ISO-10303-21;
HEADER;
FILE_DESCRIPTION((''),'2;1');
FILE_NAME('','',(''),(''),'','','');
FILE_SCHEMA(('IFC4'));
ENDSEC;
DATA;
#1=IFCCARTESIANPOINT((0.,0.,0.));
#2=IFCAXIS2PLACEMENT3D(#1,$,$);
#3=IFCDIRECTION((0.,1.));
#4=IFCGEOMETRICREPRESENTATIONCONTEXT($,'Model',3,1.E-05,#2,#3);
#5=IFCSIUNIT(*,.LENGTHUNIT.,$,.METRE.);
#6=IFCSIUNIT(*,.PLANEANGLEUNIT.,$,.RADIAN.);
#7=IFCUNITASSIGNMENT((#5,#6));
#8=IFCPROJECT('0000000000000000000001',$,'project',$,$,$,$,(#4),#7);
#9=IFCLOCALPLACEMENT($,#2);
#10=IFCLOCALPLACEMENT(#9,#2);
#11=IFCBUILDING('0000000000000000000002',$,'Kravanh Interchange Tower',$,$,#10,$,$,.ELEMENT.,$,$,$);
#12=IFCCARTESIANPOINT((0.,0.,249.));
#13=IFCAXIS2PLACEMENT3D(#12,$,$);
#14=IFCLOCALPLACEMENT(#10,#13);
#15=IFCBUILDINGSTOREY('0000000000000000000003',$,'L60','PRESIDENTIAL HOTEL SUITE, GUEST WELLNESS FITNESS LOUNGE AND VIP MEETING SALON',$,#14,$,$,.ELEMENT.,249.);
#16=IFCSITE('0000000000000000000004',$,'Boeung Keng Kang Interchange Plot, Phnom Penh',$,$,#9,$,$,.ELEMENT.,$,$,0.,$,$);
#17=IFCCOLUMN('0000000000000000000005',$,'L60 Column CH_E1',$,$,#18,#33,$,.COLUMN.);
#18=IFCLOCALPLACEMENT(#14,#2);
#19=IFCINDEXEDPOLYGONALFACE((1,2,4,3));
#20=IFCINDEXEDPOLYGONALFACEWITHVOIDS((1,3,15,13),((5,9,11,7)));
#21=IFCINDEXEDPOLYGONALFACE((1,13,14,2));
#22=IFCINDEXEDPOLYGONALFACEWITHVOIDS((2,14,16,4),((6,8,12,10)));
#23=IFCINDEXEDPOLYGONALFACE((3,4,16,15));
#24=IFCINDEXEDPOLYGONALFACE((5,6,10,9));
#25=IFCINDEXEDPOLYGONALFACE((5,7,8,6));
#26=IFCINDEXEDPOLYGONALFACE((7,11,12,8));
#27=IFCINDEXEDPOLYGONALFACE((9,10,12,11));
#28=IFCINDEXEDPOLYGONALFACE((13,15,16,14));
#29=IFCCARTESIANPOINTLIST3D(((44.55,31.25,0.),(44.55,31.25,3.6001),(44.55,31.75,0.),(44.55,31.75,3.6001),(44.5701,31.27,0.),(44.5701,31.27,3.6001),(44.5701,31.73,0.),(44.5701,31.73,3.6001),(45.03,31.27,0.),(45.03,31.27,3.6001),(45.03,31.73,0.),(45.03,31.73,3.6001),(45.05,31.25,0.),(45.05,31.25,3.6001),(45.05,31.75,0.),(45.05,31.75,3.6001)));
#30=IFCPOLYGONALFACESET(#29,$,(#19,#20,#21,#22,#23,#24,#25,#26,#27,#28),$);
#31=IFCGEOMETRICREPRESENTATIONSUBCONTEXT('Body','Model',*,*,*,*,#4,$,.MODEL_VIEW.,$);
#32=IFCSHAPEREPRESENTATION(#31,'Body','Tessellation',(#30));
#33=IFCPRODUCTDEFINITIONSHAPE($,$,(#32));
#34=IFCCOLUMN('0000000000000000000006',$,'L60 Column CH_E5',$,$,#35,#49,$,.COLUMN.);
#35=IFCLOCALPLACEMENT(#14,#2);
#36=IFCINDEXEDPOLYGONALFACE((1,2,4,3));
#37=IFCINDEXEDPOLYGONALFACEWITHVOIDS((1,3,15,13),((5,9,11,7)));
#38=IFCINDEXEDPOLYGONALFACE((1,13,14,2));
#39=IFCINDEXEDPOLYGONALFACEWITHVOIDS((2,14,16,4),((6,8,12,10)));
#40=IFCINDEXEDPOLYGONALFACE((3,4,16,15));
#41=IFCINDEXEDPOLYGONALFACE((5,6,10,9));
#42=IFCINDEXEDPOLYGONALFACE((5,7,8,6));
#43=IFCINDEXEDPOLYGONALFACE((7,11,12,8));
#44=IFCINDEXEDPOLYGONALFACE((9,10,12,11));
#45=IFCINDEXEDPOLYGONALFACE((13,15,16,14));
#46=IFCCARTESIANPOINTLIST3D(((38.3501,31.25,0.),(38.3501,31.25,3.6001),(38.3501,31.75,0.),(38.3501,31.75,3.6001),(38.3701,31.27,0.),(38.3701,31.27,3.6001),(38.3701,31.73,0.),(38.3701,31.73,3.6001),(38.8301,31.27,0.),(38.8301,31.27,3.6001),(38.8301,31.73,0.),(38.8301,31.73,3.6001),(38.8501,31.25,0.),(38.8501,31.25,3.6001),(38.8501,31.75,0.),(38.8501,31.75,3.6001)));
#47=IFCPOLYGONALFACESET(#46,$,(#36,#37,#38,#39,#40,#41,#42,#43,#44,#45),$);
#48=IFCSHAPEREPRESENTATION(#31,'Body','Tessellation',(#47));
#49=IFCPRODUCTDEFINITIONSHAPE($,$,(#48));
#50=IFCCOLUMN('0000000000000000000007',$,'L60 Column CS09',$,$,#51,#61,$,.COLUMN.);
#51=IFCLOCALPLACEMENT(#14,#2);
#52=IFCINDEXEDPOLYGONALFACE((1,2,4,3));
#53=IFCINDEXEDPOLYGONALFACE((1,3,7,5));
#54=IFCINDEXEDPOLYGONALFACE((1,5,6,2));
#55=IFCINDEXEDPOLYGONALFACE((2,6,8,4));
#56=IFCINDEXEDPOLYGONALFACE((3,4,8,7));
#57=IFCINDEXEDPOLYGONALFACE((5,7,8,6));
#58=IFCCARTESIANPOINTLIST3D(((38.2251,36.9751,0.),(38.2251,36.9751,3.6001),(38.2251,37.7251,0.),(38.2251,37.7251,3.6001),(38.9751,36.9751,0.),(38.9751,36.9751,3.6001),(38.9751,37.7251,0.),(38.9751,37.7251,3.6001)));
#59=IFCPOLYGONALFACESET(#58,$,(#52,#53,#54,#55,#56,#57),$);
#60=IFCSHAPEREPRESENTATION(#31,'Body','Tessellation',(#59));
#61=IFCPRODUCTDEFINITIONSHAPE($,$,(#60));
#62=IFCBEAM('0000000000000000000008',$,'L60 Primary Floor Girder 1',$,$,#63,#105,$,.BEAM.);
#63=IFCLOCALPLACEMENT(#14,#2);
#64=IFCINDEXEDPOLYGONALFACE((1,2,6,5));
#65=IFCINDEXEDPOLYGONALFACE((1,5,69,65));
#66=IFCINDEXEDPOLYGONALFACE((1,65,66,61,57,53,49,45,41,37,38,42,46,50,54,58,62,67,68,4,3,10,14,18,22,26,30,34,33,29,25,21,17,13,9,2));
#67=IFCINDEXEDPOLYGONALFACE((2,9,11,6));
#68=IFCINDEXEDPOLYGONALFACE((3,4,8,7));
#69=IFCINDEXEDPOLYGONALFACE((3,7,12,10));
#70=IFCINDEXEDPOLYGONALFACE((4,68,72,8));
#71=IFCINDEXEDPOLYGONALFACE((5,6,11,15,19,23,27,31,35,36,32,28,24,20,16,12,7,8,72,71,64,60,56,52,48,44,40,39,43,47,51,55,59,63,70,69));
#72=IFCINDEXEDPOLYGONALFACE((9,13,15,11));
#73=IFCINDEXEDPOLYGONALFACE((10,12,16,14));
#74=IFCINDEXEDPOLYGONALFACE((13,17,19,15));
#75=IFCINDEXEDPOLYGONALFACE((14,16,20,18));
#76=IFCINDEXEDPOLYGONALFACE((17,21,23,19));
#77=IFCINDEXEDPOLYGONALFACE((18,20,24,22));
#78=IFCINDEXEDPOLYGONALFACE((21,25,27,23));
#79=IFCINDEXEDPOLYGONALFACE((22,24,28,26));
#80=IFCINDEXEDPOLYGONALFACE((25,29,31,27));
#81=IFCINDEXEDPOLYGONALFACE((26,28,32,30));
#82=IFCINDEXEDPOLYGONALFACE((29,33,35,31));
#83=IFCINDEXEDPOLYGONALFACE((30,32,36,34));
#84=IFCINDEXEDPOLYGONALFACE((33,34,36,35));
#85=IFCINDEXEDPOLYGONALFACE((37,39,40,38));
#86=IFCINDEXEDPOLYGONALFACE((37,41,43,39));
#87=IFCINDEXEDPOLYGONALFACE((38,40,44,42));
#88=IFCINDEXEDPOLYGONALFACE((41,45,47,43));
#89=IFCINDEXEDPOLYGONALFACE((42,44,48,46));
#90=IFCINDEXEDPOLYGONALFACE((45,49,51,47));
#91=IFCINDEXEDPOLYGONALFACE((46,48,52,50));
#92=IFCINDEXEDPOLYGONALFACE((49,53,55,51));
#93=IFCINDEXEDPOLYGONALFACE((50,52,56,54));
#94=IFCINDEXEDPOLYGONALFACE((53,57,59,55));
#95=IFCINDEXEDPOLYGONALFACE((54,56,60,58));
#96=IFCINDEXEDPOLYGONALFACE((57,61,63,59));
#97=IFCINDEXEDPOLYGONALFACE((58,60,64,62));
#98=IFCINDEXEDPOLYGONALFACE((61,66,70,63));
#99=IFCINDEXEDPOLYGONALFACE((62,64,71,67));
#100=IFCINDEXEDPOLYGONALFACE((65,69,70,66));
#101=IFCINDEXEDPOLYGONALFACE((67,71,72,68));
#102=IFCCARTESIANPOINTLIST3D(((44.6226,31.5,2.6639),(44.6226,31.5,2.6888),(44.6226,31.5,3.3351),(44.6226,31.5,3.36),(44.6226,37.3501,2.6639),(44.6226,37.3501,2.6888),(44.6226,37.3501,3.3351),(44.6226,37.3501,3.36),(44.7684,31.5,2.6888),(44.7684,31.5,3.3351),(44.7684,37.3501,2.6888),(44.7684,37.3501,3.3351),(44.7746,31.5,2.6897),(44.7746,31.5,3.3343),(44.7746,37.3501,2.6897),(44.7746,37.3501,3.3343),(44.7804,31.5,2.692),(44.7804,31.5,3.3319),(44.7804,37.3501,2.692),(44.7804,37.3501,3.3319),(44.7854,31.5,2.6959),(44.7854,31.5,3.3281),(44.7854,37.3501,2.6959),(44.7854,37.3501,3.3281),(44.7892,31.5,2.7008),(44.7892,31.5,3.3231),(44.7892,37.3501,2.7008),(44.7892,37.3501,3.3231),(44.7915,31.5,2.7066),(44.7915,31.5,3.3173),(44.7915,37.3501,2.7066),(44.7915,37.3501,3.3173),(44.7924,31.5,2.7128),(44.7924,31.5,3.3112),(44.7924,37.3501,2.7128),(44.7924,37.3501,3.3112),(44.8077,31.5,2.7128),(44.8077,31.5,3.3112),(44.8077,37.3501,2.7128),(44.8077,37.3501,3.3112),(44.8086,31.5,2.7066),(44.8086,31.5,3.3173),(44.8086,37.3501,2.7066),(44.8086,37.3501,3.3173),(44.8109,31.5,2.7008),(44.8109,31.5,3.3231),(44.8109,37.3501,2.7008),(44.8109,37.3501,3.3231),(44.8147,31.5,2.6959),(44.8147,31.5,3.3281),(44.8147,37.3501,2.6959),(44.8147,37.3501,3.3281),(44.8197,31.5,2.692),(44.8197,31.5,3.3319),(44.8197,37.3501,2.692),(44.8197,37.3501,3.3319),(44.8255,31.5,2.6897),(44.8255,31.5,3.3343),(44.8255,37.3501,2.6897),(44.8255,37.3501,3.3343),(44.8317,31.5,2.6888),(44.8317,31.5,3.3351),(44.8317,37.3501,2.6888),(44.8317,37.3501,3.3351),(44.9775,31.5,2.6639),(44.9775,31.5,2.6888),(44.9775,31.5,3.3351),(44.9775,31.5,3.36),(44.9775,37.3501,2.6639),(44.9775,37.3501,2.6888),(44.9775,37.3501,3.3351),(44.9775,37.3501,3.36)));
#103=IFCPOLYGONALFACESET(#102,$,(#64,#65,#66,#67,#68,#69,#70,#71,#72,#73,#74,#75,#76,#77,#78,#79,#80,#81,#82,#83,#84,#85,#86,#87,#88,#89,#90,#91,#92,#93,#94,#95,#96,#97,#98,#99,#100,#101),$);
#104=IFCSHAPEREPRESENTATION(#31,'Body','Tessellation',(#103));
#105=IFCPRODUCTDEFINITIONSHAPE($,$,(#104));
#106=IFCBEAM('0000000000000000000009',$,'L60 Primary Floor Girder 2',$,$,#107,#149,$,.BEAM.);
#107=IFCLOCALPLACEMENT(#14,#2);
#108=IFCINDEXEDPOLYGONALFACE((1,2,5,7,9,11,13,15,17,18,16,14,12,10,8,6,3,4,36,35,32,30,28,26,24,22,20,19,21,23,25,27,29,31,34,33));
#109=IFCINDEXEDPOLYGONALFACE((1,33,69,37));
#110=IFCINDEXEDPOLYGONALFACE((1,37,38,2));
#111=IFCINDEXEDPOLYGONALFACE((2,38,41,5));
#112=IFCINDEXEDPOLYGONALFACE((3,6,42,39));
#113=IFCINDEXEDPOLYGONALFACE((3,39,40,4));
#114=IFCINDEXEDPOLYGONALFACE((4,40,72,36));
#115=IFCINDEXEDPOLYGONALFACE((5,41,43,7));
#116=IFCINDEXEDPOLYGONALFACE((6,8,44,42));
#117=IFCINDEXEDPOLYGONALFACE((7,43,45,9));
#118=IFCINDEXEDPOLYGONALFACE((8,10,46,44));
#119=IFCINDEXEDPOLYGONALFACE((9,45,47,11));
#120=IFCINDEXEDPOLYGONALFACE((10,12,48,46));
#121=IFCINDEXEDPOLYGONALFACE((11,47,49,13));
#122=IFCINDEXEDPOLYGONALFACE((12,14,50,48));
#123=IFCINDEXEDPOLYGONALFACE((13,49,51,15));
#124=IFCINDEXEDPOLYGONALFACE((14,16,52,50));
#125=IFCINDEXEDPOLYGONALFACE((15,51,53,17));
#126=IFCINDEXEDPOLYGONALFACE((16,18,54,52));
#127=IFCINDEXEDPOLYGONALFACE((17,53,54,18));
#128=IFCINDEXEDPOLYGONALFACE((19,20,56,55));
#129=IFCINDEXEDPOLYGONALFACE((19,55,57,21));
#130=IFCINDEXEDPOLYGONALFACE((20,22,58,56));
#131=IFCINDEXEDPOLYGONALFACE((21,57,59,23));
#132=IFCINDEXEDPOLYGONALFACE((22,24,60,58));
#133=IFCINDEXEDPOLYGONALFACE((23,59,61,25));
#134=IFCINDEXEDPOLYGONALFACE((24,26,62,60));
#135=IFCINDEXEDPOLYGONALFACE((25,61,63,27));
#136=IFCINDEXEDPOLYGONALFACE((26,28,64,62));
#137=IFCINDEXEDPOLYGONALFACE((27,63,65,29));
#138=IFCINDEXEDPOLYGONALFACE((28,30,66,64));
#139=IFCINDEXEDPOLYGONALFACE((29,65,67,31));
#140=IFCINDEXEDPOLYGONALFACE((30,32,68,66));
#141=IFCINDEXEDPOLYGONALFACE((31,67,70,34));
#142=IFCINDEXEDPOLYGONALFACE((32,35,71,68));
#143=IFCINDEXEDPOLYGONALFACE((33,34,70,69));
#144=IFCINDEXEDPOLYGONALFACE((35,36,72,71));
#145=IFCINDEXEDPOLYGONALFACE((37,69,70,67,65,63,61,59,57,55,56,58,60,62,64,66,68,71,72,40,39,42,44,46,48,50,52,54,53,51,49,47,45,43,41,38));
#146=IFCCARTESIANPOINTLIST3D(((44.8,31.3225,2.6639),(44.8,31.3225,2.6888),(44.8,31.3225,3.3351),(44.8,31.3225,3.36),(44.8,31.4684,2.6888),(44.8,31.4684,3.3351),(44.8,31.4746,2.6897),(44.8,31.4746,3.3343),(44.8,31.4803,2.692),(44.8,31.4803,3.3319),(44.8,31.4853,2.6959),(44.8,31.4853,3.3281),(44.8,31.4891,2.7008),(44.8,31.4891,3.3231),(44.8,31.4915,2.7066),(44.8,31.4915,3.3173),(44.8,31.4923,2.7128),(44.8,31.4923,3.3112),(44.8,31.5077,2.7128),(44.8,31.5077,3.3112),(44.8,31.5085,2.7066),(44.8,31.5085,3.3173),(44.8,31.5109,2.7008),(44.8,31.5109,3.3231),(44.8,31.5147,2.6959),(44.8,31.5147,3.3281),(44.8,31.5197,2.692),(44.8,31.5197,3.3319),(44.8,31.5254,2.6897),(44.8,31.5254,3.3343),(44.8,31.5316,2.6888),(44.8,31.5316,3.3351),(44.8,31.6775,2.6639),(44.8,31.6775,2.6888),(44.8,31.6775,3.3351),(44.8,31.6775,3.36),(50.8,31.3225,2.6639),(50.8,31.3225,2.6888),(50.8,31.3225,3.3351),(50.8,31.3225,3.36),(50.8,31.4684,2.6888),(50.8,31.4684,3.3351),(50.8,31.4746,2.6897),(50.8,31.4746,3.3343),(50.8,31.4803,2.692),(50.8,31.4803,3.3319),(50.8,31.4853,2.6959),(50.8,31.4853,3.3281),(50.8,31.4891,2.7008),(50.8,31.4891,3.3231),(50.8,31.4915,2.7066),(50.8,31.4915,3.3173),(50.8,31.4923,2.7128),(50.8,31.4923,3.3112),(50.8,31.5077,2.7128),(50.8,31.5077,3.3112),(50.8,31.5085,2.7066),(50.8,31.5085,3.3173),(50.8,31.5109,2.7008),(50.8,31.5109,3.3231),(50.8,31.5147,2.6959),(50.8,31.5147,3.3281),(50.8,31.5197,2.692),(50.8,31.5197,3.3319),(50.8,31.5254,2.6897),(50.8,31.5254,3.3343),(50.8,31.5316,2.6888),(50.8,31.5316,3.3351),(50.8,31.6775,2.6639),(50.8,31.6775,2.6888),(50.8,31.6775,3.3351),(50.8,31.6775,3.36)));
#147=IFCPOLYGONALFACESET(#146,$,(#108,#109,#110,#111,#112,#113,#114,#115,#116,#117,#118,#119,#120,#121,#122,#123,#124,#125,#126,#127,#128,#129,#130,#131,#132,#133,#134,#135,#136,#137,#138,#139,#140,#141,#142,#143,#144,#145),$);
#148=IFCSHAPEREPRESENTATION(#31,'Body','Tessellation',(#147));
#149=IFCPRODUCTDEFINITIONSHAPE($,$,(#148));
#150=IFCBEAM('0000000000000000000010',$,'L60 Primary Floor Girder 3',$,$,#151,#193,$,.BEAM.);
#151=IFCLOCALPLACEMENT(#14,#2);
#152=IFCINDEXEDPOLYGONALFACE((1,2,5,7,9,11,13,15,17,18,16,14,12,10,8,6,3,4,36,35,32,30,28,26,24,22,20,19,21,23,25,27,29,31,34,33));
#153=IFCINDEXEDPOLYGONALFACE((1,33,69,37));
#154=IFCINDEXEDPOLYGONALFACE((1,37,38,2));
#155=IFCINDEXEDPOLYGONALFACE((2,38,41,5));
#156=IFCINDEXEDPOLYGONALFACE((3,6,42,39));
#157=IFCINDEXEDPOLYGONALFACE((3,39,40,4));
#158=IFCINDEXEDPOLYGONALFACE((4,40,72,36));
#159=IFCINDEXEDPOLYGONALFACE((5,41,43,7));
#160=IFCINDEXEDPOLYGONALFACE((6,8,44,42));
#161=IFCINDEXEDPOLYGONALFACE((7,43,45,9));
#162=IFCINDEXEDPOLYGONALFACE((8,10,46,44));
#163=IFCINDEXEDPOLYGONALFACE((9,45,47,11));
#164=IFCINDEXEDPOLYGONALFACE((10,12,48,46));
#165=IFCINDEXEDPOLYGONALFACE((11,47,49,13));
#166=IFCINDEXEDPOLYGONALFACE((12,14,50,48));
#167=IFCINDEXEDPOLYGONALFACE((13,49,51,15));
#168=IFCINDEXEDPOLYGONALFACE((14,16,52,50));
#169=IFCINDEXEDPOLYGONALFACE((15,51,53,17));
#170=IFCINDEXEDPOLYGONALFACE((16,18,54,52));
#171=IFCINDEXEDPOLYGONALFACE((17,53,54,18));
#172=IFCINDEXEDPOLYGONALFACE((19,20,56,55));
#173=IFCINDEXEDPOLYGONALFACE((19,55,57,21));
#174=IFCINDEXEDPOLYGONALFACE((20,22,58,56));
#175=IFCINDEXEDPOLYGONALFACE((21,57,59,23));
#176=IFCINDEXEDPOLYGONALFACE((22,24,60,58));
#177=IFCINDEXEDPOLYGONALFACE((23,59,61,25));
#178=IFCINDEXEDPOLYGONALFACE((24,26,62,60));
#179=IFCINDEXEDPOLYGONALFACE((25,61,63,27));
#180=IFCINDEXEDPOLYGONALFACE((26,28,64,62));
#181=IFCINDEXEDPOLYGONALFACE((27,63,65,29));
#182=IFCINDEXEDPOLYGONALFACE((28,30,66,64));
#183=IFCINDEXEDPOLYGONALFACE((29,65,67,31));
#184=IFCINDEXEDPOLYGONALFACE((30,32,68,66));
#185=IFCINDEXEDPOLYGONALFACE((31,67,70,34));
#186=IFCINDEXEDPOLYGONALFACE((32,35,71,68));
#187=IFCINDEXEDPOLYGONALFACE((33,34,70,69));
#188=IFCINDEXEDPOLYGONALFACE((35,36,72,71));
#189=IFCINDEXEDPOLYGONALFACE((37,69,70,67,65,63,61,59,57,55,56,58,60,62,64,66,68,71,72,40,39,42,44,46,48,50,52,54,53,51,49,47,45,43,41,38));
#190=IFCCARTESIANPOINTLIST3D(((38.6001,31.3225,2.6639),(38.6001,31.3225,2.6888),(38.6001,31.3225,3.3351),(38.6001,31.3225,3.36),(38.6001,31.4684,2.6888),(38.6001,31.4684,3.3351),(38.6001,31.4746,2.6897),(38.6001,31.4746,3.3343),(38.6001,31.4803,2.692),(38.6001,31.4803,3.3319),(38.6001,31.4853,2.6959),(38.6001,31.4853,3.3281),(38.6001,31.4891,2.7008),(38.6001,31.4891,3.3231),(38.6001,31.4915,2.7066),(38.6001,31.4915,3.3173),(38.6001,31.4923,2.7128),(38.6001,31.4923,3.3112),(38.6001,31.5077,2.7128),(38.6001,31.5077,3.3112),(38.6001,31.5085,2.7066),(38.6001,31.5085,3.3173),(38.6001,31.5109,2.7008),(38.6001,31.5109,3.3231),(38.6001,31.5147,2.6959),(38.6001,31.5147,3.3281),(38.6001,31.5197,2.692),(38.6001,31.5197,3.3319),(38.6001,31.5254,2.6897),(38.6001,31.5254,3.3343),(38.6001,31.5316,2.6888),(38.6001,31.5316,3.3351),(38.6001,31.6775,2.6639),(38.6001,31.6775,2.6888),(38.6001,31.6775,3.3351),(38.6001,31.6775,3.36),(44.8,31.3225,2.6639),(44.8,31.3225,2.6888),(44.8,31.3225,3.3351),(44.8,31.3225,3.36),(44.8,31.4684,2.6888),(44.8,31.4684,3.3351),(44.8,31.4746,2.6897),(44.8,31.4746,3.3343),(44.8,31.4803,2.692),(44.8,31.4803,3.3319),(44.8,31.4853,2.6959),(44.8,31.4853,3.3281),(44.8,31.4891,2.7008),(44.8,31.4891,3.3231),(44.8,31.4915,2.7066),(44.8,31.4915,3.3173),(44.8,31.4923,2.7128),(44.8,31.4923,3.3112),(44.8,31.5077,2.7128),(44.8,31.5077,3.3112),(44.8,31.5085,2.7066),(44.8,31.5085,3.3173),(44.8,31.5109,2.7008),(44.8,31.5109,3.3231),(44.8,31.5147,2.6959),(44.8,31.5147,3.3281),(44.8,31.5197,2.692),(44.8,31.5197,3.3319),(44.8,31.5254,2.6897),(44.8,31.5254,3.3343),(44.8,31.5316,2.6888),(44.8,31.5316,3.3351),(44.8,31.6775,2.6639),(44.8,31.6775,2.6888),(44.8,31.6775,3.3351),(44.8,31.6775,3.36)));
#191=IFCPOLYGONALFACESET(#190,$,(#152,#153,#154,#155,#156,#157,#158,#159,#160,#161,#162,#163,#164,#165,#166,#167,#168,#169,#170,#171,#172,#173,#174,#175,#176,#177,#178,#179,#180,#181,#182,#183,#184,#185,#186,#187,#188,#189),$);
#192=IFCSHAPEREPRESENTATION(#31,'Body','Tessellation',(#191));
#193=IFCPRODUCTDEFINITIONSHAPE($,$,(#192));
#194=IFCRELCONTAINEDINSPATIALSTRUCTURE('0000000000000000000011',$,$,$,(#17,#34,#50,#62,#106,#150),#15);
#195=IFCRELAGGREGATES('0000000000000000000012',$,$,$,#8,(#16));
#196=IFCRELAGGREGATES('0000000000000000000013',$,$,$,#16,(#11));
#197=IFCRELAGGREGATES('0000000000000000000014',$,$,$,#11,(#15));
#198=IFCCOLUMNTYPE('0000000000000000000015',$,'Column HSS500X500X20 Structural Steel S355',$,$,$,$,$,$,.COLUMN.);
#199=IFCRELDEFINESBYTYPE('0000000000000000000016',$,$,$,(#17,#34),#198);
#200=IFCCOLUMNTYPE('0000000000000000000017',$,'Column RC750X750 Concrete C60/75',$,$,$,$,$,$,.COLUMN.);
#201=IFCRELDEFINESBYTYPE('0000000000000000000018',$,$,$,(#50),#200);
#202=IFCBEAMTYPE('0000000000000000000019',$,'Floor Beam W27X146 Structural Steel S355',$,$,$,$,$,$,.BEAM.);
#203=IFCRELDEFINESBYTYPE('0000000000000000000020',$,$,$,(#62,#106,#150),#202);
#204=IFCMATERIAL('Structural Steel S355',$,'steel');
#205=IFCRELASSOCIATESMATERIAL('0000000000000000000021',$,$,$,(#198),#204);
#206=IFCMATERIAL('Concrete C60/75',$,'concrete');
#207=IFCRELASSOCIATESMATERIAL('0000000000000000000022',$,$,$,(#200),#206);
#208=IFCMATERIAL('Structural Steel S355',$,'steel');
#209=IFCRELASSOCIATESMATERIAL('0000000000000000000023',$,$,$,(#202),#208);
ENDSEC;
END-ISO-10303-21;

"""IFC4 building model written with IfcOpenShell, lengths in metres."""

from ifc_helpers import new_model, si_unit, direction, frame, origin, origin_2d, place, context, subcontext, project, spatial, rectangle, hollow_rectangle, i_section, extrude, material, material_profile, profile_set, type_object, element, save


model = new_model("IFC4")

# Units and contexts
model_context = context("Model", 3, precision=1e-05, world=origin(), true_north=direction((0.0, 1.0)))
body_context = subcontext(model_context, "Body", "Model", "MODEL_VIEW")
ifc_project = project(units=[si_unit("LENGTHUNIT", "METRE"), si_unit("PLANEANGLEUNIT", "RADIAN")], contexts=[model_context])

# Site, building, storey
site_placement = place(None, origin())
site = spatial("IfcSite", under=ifc_project, at=site_placement, Name="Boeung Keng Kang Interchange Plot, Phnom Penh", CompositionType="ELEMENT", RefElevation=0.0)
building_placement = place(site_placement, origin())
building = spatial("IfcBuilding", under=site, at=building_placement, Name="Kravanh Interchange Tower", CompositionType="ELEMENT")
storey_placement = place(building_placement, frame((0.0, 0.0, 249.0)))
storey = spatial("IfcBuildingStorey", under=building, at=storey_placement, Name="L60", Description="PRESIDENTIAL HOTEL SUITE, GUEST WELLNESS FITNESS LOUNGE AND VIP MEETING SALON", CompositionType="ELEMENT", Elevation=249.0)

# Columns
ifc_material_1 = material(Name="Structural Steel S355", Category="steel")
ifc_material_profile_1 = material_profile(ifc_material_1, hollow_rectangle(XDim=0.5, YDim=0.5, WallThickness=0.02, at=origin_2d()), Name="HSS500X500X20")
ifc_profile_set_1 = profile_set([ifc_material_profile_1], Name="Structural Steel S355")
column_type_1 = type_object("IfcColumnType", Name="Column HSS500X500X20 Structural Steel S355", PredefinedType="COLUMN", material=ifc_profile_set_1)
for number, where, z_axis, x_axis, name in (
    (1, (44.8, 31.5, 0.0), (0.0, 0.0, 1.0), (1.0, 0.0, 0.0), "L60 Column CH_E1"),
    (2, (38.6001, 31.5, 0.0), (0.0, 0.0, 1.0), (1.0, 0.0, 0.0), "L60 Column CH_E5"),
):
    element("IfcColumn", number, at=place(storey_placement, frame(where, z_axis=z_axis, x_axis=x_axis)), inside=storey, type_object=column_type_1, Name=name, PredefinedType="COLUMN", context=body_context, shape_type="SweptSolid", body=[
        extrude(hollow_rectangle(XDim=0.5, YDim=0.5, WallThickness=0.02, at=origin_2d()), origin(), (0.0, 0.0, 1.0), 3.6001),
    ])
ifc_material_2 = material(Name="Concrete C60/75", Category="concrete")
ifc_material_profile_2 = material_profile(ifc_material_2, rectangle(XDim=0.75, YDim=0.75, at=origin_2d()), Name="RC750X750")
ifc_profile_set_2 = profile_set([ifc_material_profile_2], Name="Concrete C60/75")
column_type_2 = type_object("IfcColumnType", Name="Column RC750X750 Concrete C60/75", PredefinedType="COLUMN", material=ifc_profile_set_2)
column_placement = place(storey_placement, frame((38.6001, 37.3501, 0.0), z_axis=(0.0, 0.0, 1.0), x_axis=(1.0, 0.0, 0.0)))
element("IfcColumn", 3, at=column_placement, inside=storey, type_object=column_type_2, Name="L60 Column CS09", PredefinedType="COLUMN", context=body_context, shape_type="SweptSolid", body=[
    extrude(rectangle(XDim=0.75, YDim=0.75, at=origin_2d()), origin(), (0.0, 0.0, 1.0), 3.6001),
])

# Beams
ifc_material_3 = material(Name="Structural Steel S355", Category="steel")
ifc_material_profile_3 = material_profile(ifc_material_3, i_section(OverallWidth=0.355, OverallDepth=0.696, WebThickness=0.0154, FlangeThickness=0.0249, FilletRadius=0.0239, at=origin_2d()), Name="W27X146")
ifc_profile_set_3 = profile_set([ifc_material_profile_3], Name="Structural Steel S355")
beam_type_1 = type_object("IfcBeamType", Name="Floor Beam W27X146 Structural Steel S355", PredefinedType="BEAM", material=ifc_profile_set_3)
beam_1_placement = place(storey_placement, frame((44.8, 31.5, 3.012), z_axis=(0.0, 1.0, 0.0), x_axis=(-1.0, 0.0, 0.0)))
element("IfcBeam", 4, at=beam_1_placement, inside=storey, type_object=beam_type_1, Name="L60 Primary Floor Girder 1", PredefinedType="BEAM", context=body_context, shape_type="SweptSolid", body=[
    extrude(i_section(OverallWidth=0.355, OverallDepth=0.696, WebThickness=0.0154, FlangeThickness=0.0249, FilletRadius=0.0239, at=origin_2d()), origin(), (0.0, 0.0, 1.0), 5.8501),
])
beam_2_placement = place(storey_placement, frame((44.8, 31.5, 3.012), z_axis=(1.0, 0.0, 0.0), x_axis=(0.0, 1.0, 0.0)))
element("IfcBeam", 5, at=beam_2_placement, inside=storey, type_object=beam_type_1, Name="L60 Primary Floor Girder 2", PredefinedType="BEAM", context=body_context, shape_type="SweptSolid", body=[
    extrude(i_section(OverallWidth=0.355, OverallDepth=0.696, WebThickness=0.0154, FlangeThickness=0.0249, FilletRadius=0.0239, at=origin_2d()), origin(), (0.0, 0.0, 1.0), 6.0),
])
beam_3_placement = place(storey_placement, frame((44.8, 31.5, 3.012), z_axis=(-1.0, 0.0, 0.0), x_axis=(0.0, -1.0, 0.0)))
element("IfcBeam", 6, at=beam_3_placement, inside=storey, type_object=beam_type_1, Name="L60 Primary Floor Girder 3", PredefinedType="BEAM", context=body_context, shape_type="SweptSolid", body=[
    extrude(i_section(OverallWidth=0.355, OverallDepth=0.696, WebThickness=0.0154, FlangeThickness=0.0249, FilletRadius=0.0239, at=origin_2d()), origin(), (0.0, 0.0, 1.0), 6.2),
])

save(model, "model.ifc")
